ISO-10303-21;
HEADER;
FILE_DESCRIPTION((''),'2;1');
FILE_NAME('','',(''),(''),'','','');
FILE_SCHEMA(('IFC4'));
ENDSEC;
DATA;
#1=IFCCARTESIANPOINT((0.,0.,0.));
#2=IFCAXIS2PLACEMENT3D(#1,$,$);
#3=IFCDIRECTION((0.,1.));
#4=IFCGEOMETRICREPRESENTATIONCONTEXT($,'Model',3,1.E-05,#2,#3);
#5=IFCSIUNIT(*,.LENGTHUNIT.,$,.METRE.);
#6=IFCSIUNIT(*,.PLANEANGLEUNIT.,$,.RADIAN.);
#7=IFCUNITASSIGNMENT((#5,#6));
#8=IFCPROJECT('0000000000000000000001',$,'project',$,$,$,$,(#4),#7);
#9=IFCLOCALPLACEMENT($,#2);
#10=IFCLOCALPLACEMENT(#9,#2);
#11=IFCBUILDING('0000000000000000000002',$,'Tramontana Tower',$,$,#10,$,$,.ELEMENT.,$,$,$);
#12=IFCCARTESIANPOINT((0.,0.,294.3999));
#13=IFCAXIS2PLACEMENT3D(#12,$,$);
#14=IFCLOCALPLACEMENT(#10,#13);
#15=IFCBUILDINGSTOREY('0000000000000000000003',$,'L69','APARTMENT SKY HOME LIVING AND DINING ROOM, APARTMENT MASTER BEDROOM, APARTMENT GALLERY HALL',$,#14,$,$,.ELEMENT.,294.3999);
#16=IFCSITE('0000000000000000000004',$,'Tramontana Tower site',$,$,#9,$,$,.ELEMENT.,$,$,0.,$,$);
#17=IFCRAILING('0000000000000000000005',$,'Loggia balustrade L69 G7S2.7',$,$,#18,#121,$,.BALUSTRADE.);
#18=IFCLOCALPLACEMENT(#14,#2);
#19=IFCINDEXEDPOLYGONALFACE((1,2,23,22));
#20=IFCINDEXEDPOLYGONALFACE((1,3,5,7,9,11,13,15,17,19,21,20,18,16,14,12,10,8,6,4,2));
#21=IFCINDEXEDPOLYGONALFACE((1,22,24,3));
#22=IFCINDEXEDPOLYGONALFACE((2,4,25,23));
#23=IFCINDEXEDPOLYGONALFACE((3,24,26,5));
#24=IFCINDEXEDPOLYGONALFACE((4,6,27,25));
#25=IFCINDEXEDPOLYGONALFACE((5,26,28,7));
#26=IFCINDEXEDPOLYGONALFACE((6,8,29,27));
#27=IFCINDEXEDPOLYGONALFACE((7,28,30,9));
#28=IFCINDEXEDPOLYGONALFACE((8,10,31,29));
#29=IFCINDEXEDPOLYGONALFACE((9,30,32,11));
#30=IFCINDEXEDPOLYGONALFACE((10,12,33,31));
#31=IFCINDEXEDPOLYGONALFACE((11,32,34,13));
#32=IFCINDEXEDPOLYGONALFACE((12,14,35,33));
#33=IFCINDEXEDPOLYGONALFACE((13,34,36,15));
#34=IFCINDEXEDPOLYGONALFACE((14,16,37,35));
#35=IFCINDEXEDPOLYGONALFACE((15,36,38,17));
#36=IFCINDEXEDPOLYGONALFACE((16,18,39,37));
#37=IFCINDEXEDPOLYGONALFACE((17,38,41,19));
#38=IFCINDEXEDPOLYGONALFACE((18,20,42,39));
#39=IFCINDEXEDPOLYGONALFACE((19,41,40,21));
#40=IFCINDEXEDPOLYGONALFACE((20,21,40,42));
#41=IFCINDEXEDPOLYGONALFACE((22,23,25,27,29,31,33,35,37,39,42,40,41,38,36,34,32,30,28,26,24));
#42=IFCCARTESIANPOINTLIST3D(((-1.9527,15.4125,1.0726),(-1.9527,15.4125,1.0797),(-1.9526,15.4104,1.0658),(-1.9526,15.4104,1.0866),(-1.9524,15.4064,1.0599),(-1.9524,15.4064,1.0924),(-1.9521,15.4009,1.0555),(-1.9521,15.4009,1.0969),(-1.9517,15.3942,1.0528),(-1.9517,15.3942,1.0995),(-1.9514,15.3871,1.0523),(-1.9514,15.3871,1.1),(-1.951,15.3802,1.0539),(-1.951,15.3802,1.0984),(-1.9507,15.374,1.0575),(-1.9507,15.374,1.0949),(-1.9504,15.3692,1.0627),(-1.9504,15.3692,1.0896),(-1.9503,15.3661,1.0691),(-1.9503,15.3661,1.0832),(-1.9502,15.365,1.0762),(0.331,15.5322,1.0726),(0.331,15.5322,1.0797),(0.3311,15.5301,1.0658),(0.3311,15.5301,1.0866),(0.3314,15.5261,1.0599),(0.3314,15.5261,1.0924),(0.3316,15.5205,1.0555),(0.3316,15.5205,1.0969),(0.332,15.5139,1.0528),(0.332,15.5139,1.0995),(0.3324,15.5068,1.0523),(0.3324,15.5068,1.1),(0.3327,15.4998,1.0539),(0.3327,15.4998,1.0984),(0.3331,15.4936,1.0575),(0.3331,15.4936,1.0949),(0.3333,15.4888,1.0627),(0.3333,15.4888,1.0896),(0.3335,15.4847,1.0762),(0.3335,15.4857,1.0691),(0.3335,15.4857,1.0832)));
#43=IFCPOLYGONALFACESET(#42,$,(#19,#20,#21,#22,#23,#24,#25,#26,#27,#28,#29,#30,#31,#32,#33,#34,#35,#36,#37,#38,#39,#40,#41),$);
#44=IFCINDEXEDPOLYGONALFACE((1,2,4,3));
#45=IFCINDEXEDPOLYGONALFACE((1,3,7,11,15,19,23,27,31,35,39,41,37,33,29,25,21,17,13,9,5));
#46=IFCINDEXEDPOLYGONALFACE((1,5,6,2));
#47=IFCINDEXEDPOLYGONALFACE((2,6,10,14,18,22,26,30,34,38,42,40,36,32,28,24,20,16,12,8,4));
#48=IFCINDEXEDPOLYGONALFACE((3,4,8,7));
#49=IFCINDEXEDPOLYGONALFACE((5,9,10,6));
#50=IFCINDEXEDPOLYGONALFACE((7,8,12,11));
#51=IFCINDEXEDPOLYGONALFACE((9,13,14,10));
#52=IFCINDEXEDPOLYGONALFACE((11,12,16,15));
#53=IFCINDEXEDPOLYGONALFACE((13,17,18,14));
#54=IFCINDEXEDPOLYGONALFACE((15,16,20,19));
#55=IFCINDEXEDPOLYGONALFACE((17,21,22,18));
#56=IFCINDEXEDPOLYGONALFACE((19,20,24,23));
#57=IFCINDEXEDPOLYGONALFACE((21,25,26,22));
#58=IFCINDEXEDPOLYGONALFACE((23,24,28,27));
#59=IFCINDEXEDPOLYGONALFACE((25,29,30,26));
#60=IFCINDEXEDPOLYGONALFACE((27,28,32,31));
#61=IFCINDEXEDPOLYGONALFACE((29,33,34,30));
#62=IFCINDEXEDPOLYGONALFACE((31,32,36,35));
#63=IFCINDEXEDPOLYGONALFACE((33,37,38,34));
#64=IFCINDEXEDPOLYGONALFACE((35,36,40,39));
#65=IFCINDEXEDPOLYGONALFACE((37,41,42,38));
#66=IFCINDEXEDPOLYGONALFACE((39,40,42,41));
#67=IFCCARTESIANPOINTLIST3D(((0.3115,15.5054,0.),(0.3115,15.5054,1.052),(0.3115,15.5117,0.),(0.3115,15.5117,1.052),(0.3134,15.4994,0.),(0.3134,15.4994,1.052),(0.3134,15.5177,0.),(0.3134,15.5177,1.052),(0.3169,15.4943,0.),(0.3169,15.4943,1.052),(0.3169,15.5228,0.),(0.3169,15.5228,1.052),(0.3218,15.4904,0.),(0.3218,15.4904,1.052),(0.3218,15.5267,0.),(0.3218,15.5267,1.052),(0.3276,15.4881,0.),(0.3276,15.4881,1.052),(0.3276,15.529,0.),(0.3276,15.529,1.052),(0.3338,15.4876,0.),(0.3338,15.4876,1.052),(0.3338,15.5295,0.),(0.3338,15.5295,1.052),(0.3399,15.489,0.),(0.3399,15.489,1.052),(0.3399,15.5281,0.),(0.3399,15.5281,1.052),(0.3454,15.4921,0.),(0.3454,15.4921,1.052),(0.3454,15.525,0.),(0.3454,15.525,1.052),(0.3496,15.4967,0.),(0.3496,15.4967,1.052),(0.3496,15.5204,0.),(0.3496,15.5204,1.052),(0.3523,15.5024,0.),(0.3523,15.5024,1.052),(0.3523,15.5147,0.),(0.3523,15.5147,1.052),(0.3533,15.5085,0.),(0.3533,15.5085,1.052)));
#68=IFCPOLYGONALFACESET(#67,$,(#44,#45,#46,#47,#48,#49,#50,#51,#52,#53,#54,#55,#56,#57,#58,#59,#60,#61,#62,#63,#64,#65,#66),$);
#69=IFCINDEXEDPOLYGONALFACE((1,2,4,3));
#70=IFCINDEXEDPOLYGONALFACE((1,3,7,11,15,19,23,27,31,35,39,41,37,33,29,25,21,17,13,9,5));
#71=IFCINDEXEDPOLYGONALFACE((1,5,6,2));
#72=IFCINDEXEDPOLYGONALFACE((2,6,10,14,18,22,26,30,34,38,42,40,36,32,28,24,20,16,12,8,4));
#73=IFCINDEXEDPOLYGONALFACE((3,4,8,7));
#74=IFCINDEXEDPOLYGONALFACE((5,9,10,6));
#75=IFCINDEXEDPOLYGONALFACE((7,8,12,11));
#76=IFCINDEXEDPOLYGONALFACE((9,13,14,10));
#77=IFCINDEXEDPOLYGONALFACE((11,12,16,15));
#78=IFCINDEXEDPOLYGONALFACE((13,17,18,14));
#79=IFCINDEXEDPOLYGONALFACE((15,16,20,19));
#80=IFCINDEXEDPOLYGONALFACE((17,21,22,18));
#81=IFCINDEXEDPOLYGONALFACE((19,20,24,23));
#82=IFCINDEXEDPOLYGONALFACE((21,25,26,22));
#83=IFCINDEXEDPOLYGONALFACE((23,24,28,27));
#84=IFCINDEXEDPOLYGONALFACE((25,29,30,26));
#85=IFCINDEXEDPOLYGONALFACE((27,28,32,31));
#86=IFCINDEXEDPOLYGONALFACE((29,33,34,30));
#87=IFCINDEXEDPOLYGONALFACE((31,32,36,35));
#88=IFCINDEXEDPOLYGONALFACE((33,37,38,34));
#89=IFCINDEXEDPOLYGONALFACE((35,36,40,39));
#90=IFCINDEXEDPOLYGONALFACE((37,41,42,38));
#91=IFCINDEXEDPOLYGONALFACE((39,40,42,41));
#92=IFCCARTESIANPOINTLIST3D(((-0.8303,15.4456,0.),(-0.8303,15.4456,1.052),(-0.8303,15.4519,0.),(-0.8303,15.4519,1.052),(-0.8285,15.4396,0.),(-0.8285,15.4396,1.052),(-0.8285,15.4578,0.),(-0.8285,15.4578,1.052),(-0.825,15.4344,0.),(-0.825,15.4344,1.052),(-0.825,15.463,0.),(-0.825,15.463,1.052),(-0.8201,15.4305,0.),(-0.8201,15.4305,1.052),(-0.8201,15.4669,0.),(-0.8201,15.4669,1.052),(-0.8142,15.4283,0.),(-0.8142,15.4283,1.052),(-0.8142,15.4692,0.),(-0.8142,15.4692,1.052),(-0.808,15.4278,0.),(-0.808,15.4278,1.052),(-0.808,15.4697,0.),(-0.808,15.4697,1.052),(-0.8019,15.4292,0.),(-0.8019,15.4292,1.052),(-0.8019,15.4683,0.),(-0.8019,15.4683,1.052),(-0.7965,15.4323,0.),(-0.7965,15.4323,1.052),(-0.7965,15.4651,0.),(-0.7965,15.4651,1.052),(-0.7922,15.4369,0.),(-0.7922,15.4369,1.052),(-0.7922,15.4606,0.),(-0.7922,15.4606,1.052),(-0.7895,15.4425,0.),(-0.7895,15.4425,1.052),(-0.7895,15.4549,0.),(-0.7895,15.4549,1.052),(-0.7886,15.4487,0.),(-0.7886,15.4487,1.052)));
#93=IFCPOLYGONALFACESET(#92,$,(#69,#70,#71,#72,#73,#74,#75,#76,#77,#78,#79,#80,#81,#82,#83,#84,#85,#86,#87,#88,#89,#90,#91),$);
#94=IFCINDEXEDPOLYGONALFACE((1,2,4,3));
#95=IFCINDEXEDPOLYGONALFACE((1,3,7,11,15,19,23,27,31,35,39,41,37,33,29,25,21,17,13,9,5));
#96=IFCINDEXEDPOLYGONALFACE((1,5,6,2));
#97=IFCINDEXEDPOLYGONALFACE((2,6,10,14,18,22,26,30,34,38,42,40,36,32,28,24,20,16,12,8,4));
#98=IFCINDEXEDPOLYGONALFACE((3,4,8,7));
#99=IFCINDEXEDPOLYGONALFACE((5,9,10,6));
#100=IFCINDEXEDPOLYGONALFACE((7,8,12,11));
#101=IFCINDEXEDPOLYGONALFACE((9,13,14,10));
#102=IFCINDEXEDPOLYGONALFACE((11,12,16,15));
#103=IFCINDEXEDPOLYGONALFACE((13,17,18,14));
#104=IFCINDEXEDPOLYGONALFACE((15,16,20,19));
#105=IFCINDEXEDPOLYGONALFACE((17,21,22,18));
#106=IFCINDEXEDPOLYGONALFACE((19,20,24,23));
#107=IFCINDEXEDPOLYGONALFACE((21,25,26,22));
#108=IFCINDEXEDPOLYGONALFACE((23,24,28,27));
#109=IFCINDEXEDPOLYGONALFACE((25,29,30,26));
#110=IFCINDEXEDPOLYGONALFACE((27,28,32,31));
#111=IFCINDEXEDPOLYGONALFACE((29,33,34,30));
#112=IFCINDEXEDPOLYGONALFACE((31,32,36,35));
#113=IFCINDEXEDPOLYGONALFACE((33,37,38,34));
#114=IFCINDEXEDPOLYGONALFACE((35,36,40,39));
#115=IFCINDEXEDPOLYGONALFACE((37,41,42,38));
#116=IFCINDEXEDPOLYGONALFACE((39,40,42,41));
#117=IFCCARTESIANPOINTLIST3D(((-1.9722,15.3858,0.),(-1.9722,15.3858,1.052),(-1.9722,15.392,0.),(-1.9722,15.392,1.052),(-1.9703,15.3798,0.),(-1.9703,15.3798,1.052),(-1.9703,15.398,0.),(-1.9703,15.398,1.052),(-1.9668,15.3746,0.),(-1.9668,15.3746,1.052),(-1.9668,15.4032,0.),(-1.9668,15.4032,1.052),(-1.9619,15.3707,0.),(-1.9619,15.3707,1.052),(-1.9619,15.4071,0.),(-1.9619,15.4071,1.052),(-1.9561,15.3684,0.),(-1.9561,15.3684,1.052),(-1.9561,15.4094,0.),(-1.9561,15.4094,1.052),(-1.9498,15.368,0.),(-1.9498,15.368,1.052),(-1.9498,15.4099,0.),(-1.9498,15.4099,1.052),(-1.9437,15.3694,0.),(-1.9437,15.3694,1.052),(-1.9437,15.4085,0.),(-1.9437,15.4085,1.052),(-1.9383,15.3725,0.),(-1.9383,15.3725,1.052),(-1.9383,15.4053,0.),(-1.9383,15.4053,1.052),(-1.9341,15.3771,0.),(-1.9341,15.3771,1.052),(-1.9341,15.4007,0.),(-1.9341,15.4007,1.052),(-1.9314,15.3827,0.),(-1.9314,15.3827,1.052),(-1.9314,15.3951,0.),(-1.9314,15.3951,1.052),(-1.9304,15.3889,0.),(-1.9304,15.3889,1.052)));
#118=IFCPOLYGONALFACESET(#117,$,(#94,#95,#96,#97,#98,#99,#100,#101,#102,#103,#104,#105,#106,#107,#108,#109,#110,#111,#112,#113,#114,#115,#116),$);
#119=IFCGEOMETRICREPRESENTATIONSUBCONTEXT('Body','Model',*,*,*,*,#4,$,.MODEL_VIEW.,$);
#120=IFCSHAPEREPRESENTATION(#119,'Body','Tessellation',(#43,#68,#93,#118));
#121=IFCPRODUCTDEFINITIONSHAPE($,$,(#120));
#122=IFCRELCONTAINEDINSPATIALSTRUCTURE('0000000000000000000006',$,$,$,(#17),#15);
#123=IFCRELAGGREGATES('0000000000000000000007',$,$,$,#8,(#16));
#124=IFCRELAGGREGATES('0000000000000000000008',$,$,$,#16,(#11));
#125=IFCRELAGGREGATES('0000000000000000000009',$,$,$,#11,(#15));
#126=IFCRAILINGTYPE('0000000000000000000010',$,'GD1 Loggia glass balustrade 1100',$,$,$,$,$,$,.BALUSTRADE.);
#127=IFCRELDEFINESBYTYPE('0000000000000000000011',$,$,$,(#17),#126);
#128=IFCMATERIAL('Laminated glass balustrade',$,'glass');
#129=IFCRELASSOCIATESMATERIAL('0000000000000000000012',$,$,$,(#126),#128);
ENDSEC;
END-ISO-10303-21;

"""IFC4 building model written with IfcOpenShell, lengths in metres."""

from ifc_helpers import new_model, si_unit, direction, frame, origin, origin_2d, place, context, subcontext, project, spatial, circle, extrude, material, type_object, element, save


model = new_model("IFC4")

# Units and contexts
model_context = context("Model", 3, precision=1e-05, world=origin(), true_north=direction((0.0, 1.0)))
body_context = subcontext(model_context, "Body", "Model", "MODEL_VIEW")
ifc_project = project(units=[si_unit("LENGTHUNIT", "METRE"), si_unit("PLANEANGLEUNIT", "RADIAN")], contexts=[model_context])

# Site, building, storey
site_placement = place(None, origin())
site = spatial("IfcSite", under=ifc_project, at=site_placement, Name="Tramontana Tower site", CompositionType="ELEMENT", RefElevation=0.0)
building_placement = place(site_placement, origin())
building = spatial("IfcBuilding", under=site, at=building_placement, Name="Tramontana Tower", CompositionType="ELEMENT")
storey_placement = place(building_placement, frame((0.0, 0.0, 294.3999)))
storey = spatial("IfcBuildingStorey", under=building, at=storey_placement, Name="L69", Description="APARTMENT SKY HOME LIVING AND DINING ROOM, APARTMENT MASTER BEDROOM, APARTMENT GALLERY HALL", CompositionType="ELEMENT", Elevation=294.3999)

# Railing
ifc_material_1 = material(Name="Laminated glass balustrade", Category="glass")
railing_type = type_object("IfcRailingType", Name="GD1 Loggia glass balustrade 1100", PredefinedType="BALUSTRADE", material=ifc_material_1)
railing_placement = place(storey_placement, frame((0.3323, 15.5085, 0.0)))
element("IfcRailing", 1, at=railing_placement, inside=storey, type_object=railing_type, Name="Loggia balustrade L69 G7S2.7", PredefinedType="BALUSTRADE", context=body_context, shape_type="SweptSolid", body=[
    extrude(circle(Radius=0.0239, at=origin_2d()), frame((0.0, 0.0, 1.0762), z_axis=(-0.998631, -0.052312, 0.0), x_axis=(0.052312, -0.998631, 0.0)), (0.0, 0.0, 1.0), 2.2869),
    extrude(circle(Radius=0.021, at=origin_2d()), origin(), (0.0, 0.0, 1.0), 1.052),
    extrude(circle(Radius=0.021, at=origin_2d()), frame((-1.1418, -0.0598, 0.0)), (0.0, 0.0, 1.0), 1.052),
    extrude(circle(Radius=0.021, at=origin_2d()), frame((-2.2837, -0.1196, 0.0)), (0.0, 0.0, 1.0), 1.052),
])

save(model, "model.ifc")
